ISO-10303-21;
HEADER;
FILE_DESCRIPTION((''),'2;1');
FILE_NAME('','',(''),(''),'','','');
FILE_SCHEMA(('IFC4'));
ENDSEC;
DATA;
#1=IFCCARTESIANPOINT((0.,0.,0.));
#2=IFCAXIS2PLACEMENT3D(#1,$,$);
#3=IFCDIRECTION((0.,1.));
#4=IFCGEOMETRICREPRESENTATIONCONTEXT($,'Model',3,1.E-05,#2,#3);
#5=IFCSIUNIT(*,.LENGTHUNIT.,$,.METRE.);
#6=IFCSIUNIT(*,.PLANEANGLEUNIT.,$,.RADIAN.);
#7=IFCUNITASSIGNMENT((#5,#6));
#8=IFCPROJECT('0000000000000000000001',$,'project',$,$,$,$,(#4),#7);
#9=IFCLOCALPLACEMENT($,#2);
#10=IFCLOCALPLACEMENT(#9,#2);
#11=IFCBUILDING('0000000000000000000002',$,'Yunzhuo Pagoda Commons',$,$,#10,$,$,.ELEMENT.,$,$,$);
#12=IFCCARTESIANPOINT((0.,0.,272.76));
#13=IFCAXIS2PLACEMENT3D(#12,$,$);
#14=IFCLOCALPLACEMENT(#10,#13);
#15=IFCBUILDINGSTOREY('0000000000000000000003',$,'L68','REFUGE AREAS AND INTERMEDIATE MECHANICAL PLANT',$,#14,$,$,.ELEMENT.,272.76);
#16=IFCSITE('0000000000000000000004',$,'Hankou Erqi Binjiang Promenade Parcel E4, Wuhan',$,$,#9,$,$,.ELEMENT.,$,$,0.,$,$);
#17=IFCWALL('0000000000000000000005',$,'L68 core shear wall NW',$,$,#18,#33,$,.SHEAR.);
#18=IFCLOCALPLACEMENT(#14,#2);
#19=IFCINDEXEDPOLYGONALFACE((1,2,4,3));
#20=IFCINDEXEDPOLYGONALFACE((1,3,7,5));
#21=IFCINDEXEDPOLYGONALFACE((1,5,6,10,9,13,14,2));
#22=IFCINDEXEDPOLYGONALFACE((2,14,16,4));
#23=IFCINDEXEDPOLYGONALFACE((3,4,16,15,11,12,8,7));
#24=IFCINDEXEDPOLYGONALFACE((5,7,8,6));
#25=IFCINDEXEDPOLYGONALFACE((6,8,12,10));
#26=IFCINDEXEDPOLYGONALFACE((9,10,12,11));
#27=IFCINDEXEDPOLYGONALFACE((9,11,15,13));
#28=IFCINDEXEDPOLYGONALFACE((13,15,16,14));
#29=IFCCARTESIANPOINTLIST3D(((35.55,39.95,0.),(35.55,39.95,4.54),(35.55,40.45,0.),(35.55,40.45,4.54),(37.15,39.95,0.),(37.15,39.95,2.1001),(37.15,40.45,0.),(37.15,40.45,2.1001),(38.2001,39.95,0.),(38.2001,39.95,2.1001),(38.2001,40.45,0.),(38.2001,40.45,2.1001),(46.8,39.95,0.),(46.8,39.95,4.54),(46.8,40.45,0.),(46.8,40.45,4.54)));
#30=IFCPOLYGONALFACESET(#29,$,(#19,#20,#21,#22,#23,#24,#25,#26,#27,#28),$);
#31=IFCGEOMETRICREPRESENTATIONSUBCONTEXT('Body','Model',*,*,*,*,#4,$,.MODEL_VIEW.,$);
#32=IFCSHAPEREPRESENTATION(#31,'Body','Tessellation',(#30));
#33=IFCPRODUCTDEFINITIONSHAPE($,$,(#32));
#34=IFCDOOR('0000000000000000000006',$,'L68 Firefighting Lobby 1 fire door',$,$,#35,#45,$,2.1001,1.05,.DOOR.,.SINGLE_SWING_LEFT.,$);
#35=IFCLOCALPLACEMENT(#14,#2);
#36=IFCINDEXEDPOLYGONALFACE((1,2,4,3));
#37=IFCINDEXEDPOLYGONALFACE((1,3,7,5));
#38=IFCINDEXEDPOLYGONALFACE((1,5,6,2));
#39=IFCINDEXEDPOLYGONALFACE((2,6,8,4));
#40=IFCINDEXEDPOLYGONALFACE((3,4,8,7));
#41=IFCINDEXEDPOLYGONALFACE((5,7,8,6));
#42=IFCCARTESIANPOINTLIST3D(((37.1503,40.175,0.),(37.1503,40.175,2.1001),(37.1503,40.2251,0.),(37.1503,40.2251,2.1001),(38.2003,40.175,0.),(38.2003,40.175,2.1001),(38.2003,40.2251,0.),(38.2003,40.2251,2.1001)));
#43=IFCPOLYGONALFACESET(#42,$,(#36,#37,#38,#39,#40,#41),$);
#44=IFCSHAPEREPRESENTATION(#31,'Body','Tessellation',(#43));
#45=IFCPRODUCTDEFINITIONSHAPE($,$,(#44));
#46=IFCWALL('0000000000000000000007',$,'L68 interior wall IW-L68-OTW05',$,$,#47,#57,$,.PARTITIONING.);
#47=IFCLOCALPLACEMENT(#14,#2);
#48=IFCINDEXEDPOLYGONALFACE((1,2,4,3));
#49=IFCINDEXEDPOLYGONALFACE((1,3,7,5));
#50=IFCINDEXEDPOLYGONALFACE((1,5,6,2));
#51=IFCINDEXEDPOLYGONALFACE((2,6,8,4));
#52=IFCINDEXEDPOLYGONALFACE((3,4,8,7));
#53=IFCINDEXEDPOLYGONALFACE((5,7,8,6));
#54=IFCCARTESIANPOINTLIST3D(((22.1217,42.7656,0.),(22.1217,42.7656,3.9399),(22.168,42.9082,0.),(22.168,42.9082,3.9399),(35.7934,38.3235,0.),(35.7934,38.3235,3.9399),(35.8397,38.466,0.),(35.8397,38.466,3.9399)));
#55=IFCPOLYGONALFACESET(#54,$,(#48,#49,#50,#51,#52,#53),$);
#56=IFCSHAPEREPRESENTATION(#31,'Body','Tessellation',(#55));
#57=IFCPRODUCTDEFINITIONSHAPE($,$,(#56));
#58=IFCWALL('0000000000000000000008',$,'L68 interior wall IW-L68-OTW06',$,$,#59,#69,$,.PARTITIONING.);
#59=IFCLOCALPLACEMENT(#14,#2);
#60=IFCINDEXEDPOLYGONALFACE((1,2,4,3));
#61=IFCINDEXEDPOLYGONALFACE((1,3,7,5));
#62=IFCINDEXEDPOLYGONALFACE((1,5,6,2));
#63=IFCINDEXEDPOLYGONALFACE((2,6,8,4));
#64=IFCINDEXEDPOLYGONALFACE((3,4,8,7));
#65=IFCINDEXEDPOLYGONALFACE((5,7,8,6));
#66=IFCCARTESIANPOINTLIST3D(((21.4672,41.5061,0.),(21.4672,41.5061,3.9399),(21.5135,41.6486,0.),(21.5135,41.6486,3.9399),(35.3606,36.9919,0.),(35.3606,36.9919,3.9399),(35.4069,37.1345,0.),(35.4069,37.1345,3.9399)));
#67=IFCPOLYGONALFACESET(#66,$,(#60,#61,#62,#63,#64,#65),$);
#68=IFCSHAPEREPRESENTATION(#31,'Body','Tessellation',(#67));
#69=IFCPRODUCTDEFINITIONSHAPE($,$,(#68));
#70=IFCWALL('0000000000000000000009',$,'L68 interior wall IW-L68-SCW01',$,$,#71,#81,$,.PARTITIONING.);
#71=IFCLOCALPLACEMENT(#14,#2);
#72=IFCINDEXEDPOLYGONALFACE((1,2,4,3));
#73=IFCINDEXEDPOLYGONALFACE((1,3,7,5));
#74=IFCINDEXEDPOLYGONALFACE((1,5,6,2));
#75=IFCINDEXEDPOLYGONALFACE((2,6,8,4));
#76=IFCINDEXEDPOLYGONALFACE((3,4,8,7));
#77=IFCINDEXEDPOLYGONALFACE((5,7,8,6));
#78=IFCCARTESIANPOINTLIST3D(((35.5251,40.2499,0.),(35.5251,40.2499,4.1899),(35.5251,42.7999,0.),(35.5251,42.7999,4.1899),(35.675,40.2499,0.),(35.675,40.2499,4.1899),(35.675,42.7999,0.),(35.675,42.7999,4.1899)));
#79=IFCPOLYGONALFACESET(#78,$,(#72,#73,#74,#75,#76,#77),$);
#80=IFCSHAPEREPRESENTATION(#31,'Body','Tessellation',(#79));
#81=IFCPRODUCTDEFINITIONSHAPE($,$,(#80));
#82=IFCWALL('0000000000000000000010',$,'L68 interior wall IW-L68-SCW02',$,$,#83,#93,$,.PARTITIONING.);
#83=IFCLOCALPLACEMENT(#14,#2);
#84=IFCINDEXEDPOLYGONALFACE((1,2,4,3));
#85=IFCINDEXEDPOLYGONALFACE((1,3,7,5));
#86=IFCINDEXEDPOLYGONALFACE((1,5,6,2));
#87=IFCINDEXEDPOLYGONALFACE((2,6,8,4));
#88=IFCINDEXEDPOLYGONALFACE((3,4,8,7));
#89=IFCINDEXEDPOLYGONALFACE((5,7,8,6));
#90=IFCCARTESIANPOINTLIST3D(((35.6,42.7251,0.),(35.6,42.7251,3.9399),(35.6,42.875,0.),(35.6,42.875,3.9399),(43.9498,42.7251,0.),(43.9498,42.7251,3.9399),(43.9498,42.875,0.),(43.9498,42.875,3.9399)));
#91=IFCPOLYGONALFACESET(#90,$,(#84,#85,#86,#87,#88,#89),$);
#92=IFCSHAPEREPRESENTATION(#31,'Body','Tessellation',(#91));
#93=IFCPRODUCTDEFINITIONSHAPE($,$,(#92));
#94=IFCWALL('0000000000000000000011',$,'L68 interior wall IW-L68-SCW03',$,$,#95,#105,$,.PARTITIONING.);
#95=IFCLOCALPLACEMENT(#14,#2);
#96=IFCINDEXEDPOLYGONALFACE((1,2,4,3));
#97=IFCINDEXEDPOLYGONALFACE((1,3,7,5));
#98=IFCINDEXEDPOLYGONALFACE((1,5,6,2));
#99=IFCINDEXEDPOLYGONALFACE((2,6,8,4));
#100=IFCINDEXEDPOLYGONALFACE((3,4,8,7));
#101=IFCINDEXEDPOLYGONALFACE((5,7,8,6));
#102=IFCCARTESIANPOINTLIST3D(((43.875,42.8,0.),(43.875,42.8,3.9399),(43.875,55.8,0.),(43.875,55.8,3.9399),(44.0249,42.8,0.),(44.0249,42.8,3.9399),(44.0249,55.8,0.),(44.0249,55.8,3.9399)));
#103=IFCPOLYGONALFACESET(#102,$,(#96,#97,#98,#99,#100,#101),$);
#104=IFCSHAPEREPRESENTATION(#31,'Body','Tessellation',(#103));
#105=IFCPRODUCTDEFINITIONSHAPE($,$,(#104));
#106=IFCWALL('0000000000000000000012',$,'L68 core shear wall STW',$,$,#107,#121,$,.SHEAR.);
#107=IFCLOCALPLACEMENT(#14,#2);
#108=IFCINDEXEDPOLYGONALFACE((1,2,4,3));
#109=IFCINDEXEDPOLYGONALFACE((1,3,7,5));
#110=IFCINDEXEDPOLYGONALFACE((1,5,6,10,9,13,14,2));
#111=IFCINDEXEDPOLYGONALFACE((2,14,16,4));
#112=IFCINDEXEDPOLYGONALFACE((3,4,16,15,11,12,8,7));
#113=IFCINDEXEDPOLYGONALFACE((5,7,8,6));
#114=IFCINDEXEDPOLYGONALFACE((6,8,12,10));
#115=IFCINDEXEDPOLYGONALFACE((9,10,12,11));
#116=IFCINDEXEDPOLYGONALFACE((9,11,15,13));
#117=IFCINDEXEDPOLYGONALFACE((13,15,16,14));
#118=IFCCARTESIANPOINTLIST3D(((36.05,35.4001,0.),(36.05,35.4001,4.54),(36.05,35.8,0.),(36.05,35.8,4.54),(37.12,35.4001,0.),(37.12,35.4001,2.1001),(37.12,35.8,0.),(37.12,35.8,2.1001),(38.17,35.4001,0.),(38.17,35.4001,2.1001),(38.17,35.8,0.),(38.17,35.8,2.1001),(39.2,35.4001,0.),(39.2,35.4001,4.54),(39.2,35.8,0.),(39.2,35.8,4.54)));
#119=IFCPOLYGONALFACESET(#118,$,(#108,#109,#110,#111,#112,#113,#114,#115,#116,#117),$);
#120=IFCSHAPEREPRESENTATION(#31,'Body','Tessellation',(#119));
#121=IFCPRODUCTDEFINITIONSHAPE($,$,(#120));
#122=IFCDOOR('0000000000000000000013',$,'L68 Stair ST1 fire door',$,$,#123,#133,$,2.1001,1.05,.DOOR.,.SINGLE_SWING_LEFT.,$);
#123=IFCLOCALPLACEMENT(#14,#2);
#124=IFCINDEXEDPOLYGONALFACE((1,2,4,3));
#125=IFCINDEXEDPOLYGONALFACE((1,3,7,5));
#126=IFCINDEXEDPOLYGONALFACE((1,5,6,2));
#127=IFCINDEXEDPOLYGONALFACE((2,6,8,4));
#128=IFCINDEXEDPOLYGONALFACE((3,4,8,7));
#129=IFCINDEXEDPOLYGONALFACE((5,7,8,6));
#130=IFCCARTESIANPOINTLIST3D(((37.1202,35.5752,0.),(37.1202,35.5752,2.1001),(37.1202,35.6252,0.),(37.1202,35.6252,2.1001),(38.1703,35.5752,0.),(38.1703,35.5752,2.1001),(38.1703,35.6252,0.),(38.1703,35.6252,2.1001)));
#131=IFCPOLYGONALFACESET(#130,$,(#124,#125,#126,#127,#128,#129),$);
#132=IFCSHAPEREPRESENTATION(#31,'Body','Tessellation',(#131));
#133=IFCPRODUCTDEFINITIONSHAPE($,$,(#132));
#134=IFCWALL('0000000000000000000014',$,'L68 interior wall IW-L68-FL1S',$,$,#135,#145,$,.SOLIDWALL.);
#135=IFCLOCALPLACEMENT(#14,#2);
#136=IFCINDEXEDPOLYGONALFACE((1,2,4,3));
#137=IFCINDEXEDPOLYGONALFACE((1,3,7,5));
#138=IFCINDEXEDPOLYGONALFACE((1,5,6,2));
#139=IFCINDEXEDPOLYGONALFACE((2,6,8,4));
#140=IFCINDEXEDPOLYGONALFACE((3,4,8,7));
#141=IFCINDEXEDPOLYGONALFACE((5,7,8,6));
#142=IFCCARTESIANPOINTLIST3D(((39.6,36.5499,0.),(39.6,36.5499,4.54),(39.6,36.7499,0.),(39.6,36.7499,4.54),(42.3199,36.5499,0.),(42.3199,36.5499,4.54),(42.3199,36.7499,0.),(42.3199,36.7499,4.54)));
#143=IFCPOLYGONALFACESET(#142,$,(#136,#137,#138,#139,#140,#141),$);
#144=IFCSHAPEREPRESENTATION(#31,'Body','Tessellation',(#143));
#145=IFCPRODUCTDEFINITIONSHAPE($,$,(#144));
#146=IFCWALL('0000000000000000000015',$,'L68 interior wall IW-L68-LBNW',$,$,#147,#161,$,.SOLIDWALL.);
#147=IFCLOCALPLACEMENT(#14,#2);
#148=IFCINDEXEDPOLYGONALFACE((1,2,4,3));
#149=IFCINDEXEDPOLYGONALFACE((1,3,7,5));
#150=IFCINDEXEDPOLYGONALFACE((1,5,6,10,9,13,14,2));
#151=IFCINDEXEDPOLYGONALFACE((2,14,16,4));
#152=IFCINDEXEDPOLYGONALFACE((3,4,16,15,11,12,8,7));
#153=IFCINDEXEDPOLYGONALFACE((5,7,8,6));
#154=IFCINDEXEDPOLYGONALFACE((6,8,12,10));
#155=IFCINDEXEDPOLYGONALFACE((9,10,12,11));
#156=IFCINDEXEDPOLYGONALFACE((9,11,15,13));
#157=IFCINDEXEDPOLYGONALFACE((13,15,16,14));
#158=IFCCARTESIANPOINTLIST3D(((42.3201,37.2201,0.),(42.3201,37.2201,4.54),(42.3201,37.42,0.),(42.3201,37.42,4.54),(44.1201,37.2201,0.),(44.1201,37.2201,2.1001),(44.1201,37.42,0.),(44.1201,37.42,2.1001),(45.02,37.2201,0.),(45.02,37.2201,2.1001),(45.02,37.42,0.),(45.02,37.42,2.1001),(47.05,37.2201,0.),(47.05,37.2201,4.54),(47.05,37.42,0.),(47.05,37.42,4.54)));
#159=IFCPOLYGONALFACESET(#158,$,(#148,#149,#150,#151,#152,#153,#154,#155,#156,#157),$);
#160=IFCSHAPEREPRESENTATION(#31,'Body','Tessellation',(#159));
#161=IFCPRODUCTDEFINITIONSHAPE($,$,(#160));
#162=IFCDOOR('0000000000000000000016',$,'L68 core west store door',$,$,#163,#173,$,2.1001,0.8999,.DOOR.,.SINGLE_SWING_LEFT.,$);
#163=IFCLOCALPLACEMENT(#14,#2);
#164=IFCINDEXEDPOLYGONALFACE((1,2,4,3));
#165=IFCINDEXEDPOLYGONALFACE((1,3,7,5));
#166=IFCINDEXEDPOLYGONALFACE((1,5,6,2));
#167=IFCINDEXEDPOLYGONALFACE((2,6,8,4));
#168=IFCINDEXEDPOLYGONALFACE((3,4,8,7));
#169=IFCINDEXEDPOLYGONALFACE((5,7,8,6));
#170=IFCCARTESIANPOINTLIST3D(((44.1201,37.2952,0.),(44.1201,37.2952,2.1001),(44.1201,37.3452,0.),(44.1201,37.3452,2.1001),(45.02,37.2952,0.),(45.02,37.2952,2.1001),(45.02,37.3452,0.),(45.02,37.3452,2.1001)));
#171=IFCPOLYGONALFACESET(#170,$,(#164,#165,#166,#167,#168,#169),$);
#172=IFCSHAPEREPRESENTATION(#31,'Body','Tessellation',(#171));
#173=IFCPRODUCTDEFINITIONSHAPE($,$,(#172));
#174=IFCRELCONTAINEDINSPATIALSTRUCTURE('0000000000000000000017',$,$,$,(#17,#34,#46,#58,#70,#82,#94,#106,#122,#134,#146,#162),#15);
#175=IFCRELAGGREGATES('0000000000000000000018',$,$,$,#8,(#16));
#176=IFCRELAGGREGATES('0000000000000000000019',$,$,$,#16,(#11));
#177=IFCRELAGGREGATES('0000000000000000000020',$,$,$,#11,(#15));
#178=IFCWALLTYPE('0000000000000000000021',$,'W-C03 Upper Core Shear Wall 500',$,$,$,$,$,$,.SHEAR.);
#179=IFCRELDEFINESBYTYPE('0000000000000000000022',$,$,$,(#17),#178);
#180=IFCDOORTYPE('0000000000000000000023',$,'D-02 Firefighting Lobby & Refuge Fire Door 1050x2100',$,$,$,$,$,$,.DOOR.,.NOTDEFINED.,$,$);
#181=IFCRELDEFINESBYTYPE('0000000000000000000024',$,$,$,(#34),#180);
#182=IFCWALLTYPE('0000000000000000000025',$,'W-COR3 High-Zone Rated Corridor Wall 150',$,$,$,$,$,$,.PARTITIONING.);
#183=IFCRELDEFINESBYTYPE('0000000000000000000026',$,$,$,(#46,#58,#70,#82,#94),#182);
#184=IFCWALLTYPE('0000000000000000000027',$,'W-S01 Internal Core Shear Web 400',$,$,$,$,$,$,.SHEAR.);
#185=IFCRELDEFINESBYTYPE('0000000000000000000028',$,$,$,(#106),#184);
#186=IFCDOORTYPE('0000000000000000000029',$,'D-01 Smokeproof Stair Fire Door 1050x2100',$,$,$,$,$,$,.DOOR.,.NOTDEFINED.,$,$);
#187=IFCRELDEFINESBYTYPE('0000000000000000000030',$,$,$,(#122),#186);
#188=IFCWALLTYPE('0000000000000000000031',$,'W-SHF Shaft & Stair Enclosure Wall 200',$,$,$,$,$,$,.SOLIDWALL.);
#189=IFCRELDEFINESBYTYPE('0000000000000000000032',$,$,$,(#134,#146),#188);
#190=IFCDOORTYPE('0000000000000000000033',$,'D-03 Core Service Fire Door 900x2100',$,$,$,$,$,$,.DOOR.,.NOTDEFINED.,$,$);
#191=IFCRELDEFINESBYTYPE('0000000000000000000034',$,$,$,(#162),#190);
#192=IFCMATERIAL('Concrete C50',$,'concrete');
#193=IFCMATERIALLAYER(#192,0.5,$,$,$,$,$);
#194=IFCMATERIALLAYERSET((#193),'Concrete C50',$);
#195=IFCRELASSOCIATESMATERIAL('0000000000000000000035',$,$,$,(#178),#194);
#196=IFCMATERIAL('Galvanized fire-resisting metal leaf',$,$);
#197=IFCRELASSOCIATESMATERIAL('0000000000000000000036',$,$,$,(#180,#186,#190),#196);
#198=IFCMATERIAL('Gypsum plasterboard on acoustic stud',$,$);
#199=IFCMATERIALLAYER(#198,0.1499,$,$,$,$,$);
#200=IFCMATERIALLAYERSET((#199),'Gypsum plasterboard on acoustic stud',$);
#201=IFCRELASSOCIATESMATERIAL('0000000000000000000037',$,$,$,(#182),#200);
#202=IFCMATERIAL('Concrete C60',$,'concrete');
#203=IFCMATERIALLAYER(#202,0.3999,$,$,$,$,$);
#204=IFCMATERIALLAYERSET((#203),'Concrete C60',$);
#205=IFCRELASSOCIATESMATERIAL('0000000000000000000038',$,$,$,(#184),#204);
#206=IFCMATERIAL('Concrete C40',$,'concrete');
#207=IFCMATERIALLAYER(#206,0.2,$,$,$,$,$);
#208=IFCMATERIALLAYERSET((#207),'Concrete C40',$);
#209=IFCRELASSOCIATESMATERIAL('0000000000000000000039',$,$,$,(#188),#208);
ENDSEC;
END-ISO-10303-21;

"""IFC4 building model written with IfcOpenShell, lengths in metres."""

from ifc_helpers import new_model, si_unit, direction, frame, frame_2d, origin, place, context, subcontext, project, spatial, rectangle, extrude, source, transform, mapped, material, layer, layer_set, type_object, element, fill, save


model = new_model("IFC4")

# Units and contexts
model_context = context("Model", 3, precision=1e-05, world=origin(), true_north=direction((0.0, 1.0)))
body_context = subcontext(model_context, "Body", "Model", "MODEL_VIEW")
ifc_project = project(units=[si_unit("LENGTHUNIT", "METRE"), si_unit("PLANEANGLEUNIT", "RADIAN")], contexts=[model_context])

# Site, building, storey
site_placement = place(None, origin())
site = spatial("IfcSite", under=ifc_project, at=site_placement, Name="Hankou Erqi Binjiang Promenade Parcel E4, Wuhan", CompositionType="ELEMENT", RefElevation=0.0)
building_placement = place(site_placement, origin())
building = spatial("IfcBuilding", under=site, at=building_placement, Name="Yunzhuo Pagoda Commons", CompositionType="ELEMENT")
storey_placement = place(building_placement, frame((0.0, 0.0, 272.76)))
storey = spatial("IfcBuildingStorey", under=building, at=storey_placement, Name="L68", Description="REFUGE AREAS AND INTERMEDIATE MECHANICAL PLANT", CompositionType="ELEMENT", Elevation=272.76)

# Wall, opening, door
ifc_material_1 = material(Name="Concrete C50", Category="concrete")
ifc_layer_1 = layer(ifc_material_1, 0.5)
ifc_layer_set_1 = layer_set([ifc_layer_1], Name="Concrete C50")
wall_type_1 = type_object("IfcWallType", Name="W-C03 Upper Core Shear Wall 500", PredefinedType="SHEAR", material=ifc_layer_set_1)
wall_1_placement = place(storey_placement, frame((35.55, 40.2, 0.0), z_axis=(0.0, 0.0, 1.0), x_axis=(1.0, 0.0, 0.0)))
wall_1 = element("IfcWall", 1, at=wall_1_placement, inside=storey, type_object=wall_type_1, Name="L68 core shear wall NW", PredefinedType="SHEAR", context=body_context, shape_type="SweptSolid", body=[
    extrude(rectangle(XDim=11.25, YDim=0.5, at=frame_2d((5.625, 0.0))), origin(), (0.0, 0.0, 1.0), 4.54),
])
opening_1_placement = place(wall_1_placement, frame((1.6001, 0.0, 0.0)))
opening_1 = element("IfcOpeningElement", 2, at=opening_1_placement, cuts=wall_1, PredefinedType="OPENING", context=body_context, shape_type="SweptSolid", body=[
    extrude(rectangle(XDim=1.05, YDim=2.1001, at=frame_2d((0.5249, 1.05))), frame((0.0, 0.26, 0.0), z_axis=(0.0, -1.0, 0.0), x_axis=(1.0, 0.0, 0.0)), (0.0, 0.0, 1.0), 0.52),
])
ifc_material_2 = material(Name="Galvanized fire-resisting metal leaf")
door_type_1 = type_object("IfcDoorType", Name="D-02 Firefighting Lobby & Refuge Fire Door 1050x2100", OperationType="NOTDEFINED", PredefinedType="DOOR", material=ifc_material_2)
shared_shape_1 = source(origin(), body_context, "Body", "SweptSolid", [
    extrude(rectangle(XDim=1.05, YDim=2.1001, at=frame_2d((0.5249, 1.05))), frame((0.0, 0.0249, 0.0), z_axis=(0.0, -1.0, 0.0), x_axis=(1.0, 0.0, 0.0)), (0.0, 0.0, 1.0), 0.05),
])
door_1_placement = place(opening_1_placement, frame((1.05, 0.0, 0.0), z_axis=(0.0, 0.0, 1.0), x_axis=(-1.0, 0.0, 0.0)))
door_1 = element("IfcDoor", 3, at=door_1_placement, inside=storey, type_object=door_type_1, Name="L68 Firefighting Lobby 1 fire door", OperationType="SINGLE_SWING_LEFT", OverallHeight=2.1001, OverallWidth=1.05, PredefinedType="DOOR", context=body_context, shape_type="MappedRepresentation", body=[
    mapped(shared_shape_1, transform((0.0, 0.0, 0.0), scale=1.0)),
])
fill(opening_1, door_1)

# Walls
ifc_material_3 = material(Name="Gypsum plasterboard on acoustic stud")
ifc_layer_2 = layer(ifc_material_3, 0.1499)
ifc_layer_set_2 = layer_set([ifc_layer_2], Name="Gypsum plasterboard on acoustic stud")
wall_type_2 = type_object("IfcWallType", Name="W-COR3 High-Zone Rated Corridor Wall 150", PredefinedType="PARTITIONING", material=ifc_layer_set_2)
wall_2_placement = place(storey_placement, frame((35.8164, 38.3948, 0.0), z_axis=(0.0, 0.0, 1.0), x_axis=(-0.951057, 0.309014, 0.0)))
element("IfcWall", 4, at=wall_2_placement, inside=storey, type_object=wall_type_2, Name="L68 interior wall IW-L68-OTW05", PredefinedType="PARTITIONING", context=body_context, shape_type="SweptSolid", body=[
    extrude(rectangle(XDim=14.3752, YDim=0.1499, at=frame_2d((7.1875, 0.0))), origin(), (0.0, 0.0, 1.0), 3.9399),
])
wall_3_placement = place(storey_placement, frame((35.3838, 37.0632, 0.0), z_axis=(0.0, 0.0, 1.0), x_axis=(-0.951059, 0.309009, 0.0)))
element("IfcWall", 5, at=wall_3_placement, inside=storey, type_object=wall_type_2, Name="L68 interior wall IW-L68-OTW06", PredefinedType="PARTITIONING", context=body_context, shape_type="SweptSolid", body=[
    extrude(rectangle(XDim=14.6084, YDim=0.1499, at=frame_2d((7.3042, 0.0))), origin(), (0.0, 0.0, 1.0), 3.9399),
])
wall_4_placement = place(storey_placement, frame((35.6001, 40.25, 0.0), z_axis=(0.0, 0.0, 1.0), x_axis=(0.0, 1.0, 0.0)))
element("IfcWall", 6, at=wall_4_placement, inside=storey, type_object=wall_type_2, Name="L68 interior wall IW-L68-SCW01", PredefinedType="PARTITIONING", context=body_context, shape_type="SweptSolid", body=[
    extrude(rectangle(XDim=2.55, YDim=0.1499, at=frame_2d((1.2749, 0.0))), origin(), (0.0, 0.0, 1.0), 4.1899),
])
wall_5_placement = place(storey_placement, frame((35.6001, 42.8, 0.0), z_axis=(0.0, 0.0, 1.0), x_axis=(1.0, 0.0, 0.0)))
element("IfcWall", 7, at=wall_5_placement, inside=storey, type_object=wall_type_2, Name="L68 interior wall IW-L68-SCW02", PredefinedType="PARTITIONING", context=body_context, shape_type="SweptSolid", body=[
    extrude(rectangle(XDim=8.3499, YDim=0.1499, at=frame_2d((4.1748, 0.0))), origin(), (0.0, 0.0, 1.0), 3.9399),
])
wall_6_placement = place(storey_placement, frame((43.95, 42.8, 0.0), z_axis=(0.0, 0.0, 1.0), x_axis=(0.0, 1.0, 0.0)))
element("IfcWall", 8, at=wall_6_placement, inside=storey, type_object=wall_type_2, Name="L68 interior wall IW-L68-SCW03", PredefinedType="PARTITIONING", context=body_context, shape_type="SweptSolid", body=[
    extrude(rectangle(XDim=13.0, YDim=0.1499, at=frame_2d((6.5, 0.0))), origin(), (0.0, 0.0, 1.0), 3.9399),
])

# Wall, opening, door
ifc_material_4 = material(Name="Concrete C60", Category="concrete")
ifc_layer_3 = layer(ifc_material_4, 0.3999)
ifc_layer_set_3 = layer_set([ifc_layer_3], Name="Concrete C60")
wall_type_3 = type_object("IfcWallType", Name="W-S01 Internal Core Shear Web 400", PredefinedType="SHEAR", material=ifc_layer_set_3)
wall_7_placement = place(storey_placement, frame((36.05, 35.6001, 0.0), z_axis=(0.0, 0.0, 1.0), x_axis=(1.0, 0.0, 0.0)))
wall_7 = element("IfcWall", 9, at=wall_7_placement, inside=storey, type_object=wall_type_3, Name="L68 core shear wall STW", PredefinedType="SHEAR", context=body_context, shape_type="SweptSolid", body=[
    extrude(rectangle(XDim=3.1499, YDim=0.3999, at=frame_2d((1.575, 0.0))), origin(), (0.0, 0.0, 1.0), 4.54),
])
opening_2_placement = place(wall_7_placement, frame((1.0701, 0.0, 0.0)))
opening_2 = element("IfcOpeningElement", 10, at=opening_2_placement, cuts=wall_7, PredefinedType="OPENING", context=body_context, shape_type="SweptSolid", body=[
    extrude(rectangle(XDim=1.05, YDim=2.1001, at=frame_2d((0.5249, 1.05))), frame((0.0, 0.21, 0.0), z_axis=(0.0, -1.0, 0.0), x_axis=(1.0, 0.0, 0.0)), (0.0, 0.0, 1.0), 0.4199),
])
door_type_2 = type_object("IfcDoorType", Name="D-01 Smokeproof Stair Fire Door 1050x2100", OperationType="NOTDEFINED", PredefinedType="DOOR", material=ifc_material_2)
door_2_placement = place(opening_2_placement, frame((1.05, 0.0, 0.0), z_axis=(0.0, 0.0, 1.0), x_axis=(-1.0, 0.0, 0.0)))
door_2 = element("IfcDoor", 11, at=door_2_placement, inside=storey, type_object=door_type_2, Name="L68 Stair ST1 fire door", OperationType="SINGLE_SWING_LEFT", OverallHeight=2.1001, OverallWidth=1.05, PredefinedType="DOOR", context=body_context, shape_type="MappedRepresentation", body=[
    mapped(shared_shape_1, transform((0.0, 0.0, 0.0), scale=1.0)),
])
fill(opening_2, door_2)

# Wall
ifc_material_5 = material(Name="Concrete C40", Category="concrete")
ifc_layer_4 = layer(ifc_material_5, 0.2)
ifc_layer_set_4 = layer_set([ifc_layer_4], Name="Concrete C40")
wall_type_4 = type_object("IfcWallType", Name="W-SHF Shaft & Stair Enclosure Wall 200", PredefinedType="SOLIDWALL", material=ifc_layer_set_4)
wall_8_placement = place(storey_placement, frame((39.6001, 36.6499, 0.0), z_axis=(0.0, 0.0, 1.0), x_axis=(1.0, 0.0, 0.0)))
element("IfcWall", 12, at=wall_8_placement, inside=storey, type_object=wall_type_4, Name="L68 interior wall IW-L68-FL1S", PredefinedType="SOLIDWALL", context=body_context, shape_type="SweptSolid", body=[
    extrude(rectangle(XDim=2.72, YDim=0.2, at=frame_2d((1.3599, 0.0))), origin(), (0.0, 0.0, 1.0), 4.54),
])

# Wall, opening, door
wall_9_placement = place(storey_placement, frame((42.3201, 37.3201, 0.0), z_axis=(0.0, 0.0, 1.0), x_axis=(1.0, 0.0, 0.0)))
wall_9 = element("IfcWall", 13, at=wall_9_placement, inside=storey, type_object=wall_type_4, Name="L68 interior wall IW-L68-LBNW", PredefinedType="SOLIDWALL", context=body_context, shape_type="SweptSolid", body=[
    extrude(rectangle(XDim=4.73, YDim=0.2, at=frame_2d((2.365, 0.0))), origin(), (0.0, 0.0, 1.0), 4.54),
])
opening_3_placement = place(wall_9_placement, frame((1.8, 0.0, 0.0)))
opening_3 = element("IfcOpeningElement", 14, at=opening_3_placement, cuts=wall_9, PredefinedType="OPENING", context=body_context, shape_type="SweptSolid", body=[
    extrude(rectangle(XDim=0.8999, YDim=2.1001, at=frame_2d((0.45, 1.05))), frame((0.0, 0.1099, 0.0), z_axis=(0.0, -1.0, 0.0), x_axis=(1.0, 0.0, 0.0)), (0.0, 0.0, 1.0), 0.22),
])
door_type_3 = type_object("IfcDoorType", Name="D-03 Core Service Fire Door 900x2100", OperationType="NOTDEFINED", PredefinedType="DOOR", material=ifc_material_2)
shared_shape_2 = source(origin(), body_context, "Body", "SweptSolid", [
    extrude(rectangle(XDim=0.8999, YDim=2.1001, at=frame_2d((0.45, 1.05))), frame((0.0, 0.0249, 0.0), z_axis=(0.0, -1.0, 0.0), x_axis=(1.0, 0.0, 0.0)), (0.0, 0.0, 1.0), 0.05),
])
door_3_placement = place(opening_3_placement, frame((0.8999, 0.0, 0.0), z_axis=(0.0, 0.0, 1.0), x_axis=(-1.0, 0.0, 0.0)))
door_3 = element("IfcDoor", 15, at=door_3_placement, inside=storey, type_object=door_type_3, Name="L68 core west store door", OperationType="SINGLE_SWING_LEFT", OverallHeight=2.1001, OverallWidth=0.8999, PredefinedType="DOOR", context=body_context, shape_type="MappedRepresentation", body=[
    mapped(shared_shape_2, transform((0.0, 0.0, 0.0), scale=1.0)),
])
fill(opening_3, door_3)

save(model, "model.ifc")
